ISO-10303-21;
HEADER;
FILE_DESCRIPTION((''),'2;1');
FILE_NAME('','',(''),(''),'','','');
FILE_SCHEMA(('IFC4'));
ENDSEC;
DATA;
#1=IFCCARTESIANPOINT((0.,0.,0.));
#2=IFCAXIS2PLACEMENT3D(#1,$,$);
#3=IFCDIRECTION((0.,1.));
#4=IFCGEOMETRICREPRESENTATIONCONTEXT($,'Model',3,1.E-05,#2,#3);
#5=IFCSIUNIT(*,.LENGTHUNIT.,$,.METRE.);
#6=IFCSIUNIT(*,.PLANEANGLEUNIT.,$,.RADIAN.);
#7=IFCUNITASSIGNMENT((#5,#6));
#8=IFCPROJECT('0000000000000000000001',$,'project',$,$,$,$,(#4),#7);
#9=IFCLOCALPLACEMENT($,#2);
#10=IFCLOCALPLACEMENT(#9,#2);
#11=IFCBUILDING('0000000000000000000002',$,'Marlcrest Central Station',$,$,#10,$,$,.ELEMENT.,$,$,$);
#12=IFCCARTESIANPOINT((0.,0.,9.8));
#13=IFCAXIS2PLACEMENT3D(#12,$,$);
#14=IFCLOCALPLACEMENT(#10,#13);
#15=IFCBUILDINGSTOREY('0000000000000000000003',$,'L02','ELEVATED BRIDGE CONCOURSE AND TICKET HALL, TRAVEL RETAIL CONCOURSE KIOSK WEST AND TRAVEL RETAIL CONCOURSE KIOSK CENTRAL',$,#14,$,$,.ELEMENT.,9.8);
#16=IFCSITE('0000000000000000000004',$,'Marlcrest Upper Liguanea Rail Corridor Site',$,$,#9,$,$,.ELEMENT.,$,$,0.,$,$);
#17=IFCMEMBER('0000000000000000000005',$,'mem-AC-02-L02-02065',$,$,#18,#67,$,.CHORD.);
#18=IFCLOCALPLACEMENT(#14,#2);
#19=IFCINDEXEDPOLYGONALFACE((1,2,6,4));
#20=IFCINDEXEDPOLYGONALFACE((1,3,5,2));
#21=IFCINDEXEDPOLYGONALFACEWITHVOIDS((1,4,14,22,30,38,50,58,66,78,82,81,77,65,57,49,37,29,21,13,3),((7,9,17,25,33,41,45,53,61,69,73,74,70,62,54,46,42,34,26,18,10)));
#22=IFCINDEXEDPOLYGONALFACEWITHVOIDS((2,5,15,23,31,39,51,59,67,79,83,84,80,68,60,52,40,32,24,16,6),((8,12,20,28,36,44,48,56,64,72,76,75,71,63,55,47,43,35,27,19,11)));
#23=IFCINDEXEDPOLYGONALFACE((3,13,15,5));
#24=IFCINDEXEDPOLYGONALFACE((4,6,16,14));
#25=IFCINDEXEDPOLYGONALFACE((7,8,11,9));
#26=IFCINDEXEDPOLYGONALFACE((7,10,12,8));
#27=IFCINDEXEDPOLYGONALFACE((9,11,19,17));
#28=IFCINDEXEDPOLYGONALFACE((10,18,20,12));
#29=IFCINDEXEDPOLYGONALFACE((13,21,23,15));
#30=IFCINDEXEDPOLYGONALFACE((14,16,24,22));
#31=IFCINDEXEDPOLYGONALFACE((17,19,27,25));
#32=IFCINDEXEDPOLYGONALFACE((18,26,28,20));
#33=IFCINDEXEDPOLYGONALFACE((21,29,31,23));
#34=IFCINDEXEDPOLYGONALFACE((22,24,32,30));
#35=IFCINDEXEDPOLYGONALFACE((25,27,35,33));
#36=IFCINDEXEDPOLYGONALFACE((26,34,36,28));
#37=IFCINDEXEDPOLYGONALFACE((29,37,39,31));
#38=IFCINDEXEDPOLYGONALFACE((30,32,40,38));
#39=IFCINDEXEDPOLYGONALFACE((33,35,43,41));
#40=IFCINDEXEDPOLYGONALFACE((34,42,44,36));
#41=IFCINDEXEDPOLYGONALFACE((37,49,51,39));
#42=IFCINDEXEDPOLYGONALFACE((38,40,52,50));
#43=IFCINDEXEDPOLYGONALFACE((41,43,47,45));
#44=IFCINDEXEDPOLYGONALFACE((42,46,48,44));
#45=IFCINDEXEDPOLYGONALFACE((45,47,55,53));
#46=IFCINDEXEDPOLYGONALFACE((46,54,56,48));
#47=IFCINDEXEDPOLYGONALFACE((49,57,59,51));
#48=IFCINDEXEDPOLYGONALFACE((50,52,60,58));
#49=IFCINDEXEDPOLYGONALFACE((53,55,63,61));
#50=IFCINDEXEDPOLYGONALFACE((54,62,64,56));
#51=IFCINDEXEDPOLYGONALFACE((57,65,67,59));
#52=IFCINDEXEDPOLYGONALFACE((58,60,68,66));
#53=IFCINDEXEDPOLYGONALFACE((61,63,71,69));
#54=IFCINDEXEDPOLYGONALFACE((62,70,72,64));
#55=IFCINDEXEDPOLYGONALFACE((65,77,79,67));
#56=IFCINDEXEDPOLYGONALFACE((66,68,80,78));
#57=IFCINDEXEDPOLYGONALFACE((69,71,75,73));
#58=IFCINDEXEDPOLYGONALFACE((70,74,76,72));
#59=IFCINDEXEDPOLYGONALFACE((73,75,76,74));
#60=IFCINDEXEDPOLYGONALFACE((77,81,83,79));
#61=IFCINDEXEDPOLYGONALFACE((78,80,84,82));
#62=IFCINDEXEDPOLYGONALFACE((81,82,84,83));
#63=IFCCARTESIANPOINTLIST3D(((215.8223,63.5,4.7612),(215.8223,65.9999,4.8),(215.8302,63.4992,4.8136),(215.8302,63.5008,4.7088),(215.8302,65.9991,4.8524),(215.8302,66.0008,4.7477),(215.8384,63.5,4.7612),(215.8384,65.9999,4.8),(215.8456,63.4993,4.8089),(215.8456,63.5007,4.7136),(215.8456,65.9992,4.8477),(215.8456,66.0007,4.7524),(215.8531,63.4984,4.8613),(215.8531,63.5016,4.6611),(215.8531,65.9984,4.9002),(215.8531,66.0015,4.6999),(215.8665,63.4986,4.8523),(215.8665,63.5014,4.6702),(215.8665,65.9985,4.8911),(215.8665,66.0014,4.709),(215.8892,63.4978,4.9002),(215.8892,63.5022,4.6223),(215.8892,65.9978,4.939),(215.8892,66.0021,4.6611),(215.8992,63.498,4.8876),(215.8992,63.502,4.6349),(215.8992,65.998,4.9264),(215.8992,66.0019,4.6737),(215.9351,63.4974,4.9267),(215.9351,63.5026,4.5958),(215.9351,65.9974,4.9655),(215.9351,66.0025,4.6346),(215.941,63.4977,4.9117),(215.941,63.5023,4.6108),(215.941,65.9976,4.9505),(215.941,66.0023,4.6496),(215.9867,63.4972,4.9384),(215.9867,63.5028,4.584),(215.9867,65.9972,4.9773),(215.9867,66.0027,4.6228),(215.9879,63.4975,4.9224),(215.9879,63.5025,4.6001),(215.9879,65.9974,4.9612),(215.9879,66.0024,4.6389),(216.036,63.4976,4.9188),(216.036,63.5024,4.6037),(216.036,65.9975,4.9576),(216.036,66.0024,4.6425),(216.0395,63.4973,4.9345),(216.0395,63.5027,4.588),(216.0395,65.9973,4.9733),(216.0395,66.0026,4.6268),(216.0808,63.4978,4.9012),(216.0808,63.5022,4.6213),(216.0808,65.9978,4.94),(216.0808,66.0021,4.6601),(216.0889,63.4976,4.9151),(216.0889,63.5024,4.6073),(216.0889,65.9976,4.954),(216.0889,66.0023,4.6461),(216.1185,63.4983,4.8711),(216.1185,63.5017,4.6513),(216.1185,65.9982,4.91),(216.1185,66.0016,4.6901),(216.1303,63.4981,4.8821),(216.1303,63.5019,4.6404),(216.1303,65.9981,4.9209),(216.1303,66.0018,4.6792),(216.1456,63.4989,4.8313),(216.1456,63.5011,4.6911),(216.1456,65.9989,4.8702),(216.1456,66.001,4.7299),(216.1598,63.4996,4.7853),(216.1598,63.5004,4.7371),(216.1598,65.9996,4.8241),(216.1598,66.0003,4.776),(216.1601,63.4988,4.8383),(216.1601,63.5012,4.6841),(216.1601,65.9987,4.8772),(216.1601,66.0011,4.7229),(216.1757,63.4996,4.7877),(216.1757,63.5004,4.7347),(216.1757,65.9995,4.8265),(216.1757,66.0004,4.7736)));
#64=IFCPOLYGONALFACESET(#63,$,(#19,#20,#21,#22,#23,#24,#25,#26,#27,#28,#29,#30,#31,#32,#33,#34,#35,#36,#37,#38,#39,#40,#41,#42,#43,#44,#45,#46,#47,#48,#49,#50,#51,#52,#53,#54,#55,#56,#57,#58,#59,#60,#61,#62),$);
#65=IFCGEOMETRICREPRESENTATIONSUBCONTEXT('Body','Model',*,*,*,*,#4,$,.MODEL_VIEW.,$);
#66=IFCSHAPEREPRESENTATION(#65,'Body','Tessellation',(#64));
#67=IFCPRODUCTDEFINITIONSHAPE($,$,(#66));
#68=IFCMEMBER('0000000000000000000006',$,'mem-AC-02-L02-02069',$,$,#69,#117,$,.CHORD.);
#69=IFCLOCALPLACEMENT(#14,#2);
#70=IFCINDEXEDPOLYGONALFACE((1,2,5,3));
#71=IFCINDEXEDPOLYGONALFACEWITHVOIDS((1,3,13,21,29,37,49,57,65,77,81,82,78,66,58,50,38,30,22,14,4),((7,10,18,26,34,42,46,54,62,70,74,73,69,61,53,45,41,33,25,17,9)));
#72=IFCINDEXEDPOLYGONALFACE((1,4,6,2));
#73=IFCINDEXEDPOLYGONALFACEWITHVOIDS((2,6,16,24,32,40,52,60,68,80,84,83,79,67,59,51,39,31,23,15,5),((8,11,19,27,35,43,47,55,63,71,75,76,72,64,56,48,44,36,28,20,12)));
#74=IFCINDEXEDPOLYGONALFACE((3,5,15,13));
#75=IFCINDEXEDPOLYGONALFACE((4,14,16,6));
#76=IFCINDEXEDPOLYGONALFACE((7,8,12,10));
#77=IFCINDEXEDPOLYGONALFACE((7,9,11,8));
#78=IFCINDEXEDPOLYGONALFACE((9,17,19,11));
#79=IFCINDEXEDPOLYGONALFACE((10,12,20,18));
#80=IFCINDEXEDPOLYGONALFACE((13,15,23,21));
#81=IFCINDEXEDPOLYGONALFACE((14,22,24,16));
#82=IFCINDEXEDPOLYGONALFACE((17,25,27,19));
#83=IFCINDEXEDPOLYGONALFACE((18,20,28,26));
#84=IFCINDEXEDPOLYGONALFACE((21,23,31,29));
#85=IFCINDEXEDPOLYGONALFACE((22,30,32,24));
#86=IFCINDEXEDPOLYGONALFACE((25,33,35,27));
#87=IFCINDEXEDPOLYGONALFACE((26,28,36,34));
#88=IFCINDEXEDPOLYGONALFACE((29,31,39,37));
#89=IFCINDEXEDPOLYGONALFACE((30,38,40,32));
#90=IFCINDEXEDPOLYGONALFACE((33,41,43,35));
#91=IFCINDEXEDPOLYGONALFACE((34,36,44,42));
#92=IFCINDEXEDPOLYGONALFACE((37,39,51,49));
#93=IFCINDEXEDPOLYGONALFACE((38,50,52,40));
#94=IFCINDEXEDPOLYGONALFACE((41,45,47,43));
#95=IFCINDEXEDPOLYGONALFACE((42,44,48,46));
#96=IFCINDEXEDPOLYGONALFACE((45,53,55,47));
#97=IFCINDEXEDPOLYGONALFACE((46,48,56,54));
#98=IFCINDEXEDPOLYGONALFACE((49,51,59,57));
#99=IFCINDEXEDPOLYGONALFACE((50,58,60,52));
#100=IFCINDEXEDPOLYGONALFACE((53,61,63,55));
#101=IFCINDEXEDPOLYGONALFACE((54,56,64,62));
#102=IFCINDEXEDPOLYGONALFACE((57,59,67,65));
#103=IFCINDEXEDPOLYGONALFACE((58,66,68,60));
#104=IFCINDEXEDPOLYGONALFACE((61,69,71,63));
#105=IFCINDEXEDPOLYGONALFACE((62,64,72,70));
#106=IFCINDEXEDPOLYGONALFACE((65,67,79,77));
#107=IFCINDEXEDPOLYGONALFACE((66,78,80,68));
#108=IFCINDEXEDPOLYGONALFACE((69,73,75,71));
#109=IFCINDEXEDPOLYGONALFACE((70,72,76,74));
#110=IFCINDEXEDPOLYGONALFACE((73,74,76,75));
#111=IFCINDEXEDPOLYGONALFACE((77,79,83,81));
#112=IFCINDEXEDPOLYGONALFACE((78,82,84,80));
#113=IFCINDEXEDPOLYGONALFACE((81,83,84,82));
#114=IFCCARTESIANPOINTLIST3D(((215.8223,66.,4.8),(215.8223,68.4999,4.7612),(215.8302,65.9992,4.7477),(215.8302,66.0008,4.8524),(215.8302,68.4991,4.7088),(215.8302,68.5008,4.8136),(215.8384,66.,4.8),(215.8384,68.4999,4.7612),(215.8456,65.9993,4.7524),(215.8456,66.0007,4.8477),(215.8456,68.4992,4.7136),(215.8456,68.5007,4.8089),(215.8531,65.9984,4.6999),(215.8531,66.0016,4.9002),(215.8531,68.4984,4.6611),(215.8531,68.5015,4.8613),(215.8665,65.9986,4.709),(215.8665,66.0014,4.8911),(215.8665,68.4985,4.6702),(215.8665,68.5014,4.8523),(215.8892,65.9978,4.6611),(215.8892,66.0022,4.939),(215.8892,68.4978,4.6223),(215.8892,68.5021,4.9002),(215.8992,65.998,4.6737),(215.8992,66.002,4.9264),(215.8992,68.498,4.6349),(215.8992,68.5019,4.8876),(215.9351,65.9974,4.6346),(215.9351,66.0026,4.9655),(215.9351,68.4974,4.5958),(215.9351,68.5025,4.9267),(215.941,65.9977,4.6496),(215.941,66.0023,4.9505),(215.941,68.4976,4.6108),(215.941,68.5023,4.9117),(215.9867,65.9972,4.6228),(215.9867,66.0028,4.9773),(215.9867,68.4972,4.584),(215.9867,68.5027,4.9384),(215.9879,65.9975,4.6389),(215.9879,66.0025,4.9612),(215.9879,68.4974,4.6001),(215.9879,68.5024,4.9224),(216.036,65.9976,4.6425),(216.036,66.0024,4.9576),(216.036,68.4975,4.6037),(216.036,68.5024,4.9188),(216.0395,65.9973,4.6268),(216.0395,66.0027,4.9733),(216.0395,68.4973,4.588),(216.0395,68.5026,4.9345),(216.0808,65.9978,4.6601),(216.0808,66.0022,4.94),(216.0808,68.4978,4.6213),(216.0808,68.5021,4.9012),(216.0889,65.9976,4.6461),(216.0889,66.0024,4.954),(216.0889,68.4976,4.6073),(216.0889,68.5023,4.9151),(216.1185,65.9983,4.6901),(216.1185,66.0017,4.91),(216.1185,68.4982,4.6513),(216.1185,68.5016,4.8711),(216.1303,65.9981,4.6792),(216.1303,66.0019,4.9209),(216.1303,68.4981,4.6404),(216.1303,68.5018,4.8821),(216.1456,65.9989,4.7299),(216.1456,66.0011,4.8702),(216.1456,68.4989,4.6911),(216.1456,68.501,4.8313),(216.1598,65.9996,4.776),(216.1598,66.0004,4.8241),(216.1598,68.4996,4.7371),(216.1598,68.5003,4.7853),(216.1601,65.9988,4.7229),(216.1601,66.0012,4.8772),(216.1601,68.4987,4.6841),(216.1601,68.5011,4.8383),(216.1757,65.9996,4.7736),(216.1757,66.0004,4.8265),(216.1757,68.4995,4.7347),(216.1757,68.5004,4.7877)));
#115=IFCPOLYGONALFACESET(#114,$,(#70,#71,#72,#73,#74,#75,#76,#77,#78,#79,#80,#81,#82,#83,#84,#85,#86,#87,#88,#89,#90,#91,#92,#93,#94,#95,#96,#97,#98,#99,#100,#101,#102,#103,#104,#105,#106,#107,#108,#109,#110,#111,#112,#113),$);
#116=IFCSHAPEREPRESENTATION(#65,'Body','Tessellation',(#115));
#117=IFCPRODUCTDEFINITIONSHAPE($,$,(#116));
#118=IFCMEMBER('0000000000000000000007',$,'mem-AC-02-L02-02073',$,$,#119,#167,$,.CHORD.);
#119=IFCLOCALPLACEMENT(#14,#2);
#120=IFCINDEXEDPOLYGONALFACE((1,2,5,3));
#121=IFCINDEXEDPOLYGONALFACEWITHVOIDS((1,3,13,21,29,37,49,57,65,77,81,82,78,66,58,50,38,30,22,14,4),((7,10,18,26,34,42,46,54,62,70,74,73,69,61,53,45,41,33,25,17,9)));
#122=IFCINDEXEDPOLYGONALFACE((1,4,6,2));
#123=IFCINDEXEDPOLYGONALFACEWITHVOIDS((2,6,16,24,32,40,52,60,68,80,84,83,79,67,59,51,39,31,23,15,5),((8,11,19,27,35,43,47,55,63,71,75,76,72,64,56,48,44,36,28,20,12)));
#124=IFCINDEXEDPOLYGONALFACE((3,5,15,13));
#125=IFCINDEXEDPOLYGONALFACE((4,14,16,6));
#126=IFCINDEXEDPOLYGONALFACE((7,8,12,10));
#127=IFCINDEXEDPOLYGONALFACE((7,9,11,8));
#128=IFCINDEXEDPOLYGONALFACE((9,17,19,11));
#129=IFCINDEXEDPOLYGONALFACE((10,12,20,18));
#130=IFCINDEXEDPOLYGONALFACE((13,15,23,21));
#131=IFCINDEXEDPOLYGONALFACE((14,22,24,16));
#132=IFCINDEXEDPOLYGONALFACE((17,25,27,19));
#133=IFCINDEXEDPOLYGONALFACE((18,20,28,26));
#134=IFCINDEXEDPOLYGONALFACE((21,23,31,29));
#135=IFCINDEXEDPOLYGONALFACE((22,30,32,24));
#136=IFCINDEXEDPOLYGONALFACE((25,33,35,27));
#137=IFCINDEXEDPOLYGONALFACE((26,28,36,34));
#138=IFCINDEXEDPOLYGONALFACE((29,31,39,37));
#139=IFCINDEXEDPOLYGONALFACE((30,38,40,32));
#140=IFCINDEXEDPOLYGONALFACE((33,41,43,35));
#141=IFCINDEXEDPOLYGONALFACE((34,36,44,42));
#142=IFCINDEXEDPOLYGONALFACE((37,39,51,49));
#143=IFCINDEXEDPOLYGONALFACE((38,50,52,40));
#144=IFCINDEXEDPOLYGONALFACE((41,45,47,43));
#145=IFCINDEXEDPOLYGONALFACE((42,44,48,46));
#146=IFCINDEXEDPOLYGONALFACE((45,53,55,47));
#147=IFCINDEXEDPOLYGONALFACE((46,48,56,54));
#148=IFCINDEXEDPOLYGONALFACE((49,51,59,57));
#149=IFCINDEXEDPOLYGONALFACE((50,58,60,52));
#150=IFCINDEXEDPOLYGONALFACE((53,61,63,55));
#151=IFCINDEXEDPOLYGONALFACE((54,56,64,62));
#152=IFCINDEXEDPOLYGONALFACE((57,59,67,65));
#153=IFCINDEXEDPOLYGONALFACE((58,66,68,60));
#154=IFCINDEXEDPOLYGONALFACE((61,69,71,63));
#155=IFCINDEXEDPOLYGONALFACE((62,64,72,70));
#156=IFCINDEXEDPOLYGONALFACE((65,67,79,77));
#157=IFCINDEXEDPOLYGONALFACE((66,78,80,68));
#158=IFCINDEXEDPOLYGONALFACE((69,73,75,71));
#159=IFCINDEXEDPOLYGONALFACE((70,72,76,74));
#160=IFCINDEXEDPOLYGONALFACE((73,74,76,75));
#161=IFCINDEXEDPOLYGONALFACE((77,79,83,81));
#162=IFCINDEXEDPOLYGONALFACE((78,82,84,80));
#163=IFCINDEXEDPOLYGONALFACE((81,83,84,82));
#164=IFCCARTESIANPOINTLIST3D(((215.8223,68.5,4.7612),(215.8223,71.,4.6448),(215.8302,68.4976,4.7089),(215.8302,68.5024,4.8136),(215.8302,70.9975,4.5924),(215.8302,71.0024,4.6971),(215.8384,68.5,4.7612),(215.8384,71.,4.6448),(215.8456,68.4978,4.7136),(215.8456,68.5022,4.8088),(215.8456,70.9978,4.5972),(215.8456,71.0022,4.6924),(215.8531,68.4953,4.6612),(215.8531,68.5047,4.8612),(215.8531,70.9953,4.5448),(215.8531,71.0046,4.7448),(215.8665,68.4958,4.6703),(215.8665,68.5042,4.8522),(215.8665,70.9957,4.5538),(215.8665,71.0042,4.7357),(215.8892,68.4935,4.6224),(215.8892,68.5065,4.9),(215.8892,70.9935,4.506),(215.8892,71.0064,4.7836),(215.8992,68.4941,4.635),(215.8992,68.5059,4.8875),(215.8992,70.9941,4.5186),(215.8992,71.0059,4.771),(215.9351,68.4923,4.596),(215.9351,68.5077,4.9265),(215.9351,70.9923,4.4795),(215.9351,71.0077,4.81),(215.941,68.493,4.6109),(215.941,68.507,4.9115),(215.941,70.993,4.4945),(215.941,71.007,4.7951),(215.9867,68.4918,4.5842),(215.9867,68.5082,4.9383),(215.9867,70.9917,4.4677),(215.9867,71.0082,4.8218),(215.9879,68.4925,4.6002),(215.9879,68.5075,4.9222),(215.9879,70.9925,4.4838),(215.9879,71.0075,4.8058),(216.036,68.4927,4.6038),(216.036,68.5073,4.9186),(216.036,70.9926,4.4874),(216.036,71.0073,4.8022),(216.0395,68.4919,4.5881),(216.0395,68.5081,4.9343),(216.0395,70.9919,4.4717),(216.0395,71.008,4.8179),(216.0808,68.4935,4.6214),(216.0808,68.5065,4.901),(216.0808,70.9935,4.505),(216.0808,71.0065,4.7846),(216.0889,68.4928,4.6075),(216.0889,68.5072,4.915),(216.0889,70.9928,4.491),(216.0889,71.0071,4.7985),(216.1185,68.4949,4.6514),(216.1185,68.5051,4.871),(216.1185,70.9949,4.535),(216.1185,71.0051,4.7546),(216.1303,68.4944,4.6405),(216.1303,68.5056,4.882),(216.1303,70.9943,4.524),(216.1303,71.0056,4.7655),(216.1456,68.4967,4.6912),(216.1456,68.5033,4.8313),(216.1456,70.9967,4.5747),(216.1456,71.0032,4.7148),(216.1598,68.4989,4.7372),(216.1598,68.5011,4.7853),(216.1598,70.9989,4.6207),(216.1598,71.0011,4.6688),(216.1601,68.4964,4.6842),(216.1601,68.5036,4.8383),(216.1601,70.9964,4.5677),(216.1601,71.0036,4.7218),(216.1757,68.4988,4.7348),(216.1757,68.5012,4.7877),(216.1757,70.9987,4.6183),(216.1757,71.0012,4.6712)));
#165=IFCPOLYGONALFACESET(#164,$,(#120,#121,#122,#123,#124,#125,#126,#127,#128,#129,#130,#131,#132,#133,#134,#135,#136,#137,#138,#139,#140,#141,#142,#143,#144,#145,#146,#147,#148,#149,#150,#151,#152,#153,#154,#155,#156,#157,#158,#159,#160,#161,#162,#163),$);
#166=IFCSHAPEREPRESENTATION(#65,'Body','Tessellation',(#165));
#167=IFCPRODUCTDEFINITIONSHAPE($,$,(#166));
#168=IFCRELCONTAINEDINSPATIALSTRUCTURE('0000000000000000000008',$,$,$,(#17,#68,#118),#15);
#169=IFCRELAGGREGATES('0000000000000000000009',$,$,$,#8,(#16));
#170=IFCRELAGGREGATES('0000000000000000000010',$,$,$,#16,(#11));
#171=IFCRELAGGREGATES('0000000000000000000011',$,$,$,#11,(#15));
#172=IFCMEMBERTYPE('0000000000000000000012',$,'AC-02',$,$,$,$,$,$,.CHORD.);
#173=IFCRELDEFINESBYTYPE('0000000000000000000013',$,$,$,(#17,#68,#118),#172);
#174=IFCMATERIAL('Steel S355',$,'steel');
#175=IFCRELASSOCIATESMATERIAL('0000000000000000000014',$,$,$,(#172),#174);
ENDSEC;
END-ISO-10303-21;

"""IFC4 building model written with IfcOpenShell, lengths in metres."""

from ifc_helpers import new_model, si_unit, direction, frame, origin, origin_2d, place, context, subcontext, project, spatial, hollow_circle, extrude, material, material_profile, profile_set, type_object, element, save


model = new_model("IFC4")

# Units and contexts
model_context = context("Model", 3, precision=1e-05, world=origin(), true_north=direction((0.0, 1.0)))
body_context = subcontext(model_context, "Body", "Model", "MODEL_VIEW")
ifc_project = project(units=[si_unit("LENGTHUNIT", "METRE"), si_unit("PLANEANGLEUNIT", "RADIAN")], contexts=[model_context])

# Site, building, storey
site_placement = place(None, origin())
site = spatial("IfcSite", under=ifc_project, at=site_placement, Name="Marlcrest Upper Liguanea Rail Corridor Site", CompositionType="ELEMENT", RefElevation=0.0)
building_placement = place(site_placement, origin())
building = spatial("IfcBuilding", under=site, at=building_placement, Name="Marlcrest Central Station", CompositionType="ELEMENT")
storey_placement = place(building_placement, frame((0.0, 0.0, 9.8)))
storey = spatial("IfcBuildingStorey", under=building, at=storey_placement, Name="L02", Description="ELEVATED BRIDGE CONCOURSE AND TICKET HALL, TRAVEL RETAIL CONCOURSE KIOSK WEST AND TRAVEL RETAIL CONCOURSE KIOSK CENTRAL", CompositionType="ELEMENT", Elevation=9.8)

# Members
ifc_material = material(Name="Steel S355", Category="steel")
ifc_material_profile_1 = material_profile(ifc_material, hollow_circle(Radius=0.1777, WallThickness=0.0161, at=origin_2d()), Name="CHS 355.6x16")
ifc_profile_set_1 = profile_set([ifc_material_profile_1], Name="Steel S355")
member_type_1 = type_object("IfcMemberType", Name="AC-02", PredefinedType="CHORD", material=ifc_profile_set_1)
for number, where, z_axis, x_axis, name in (
    (1, (216.0, 63.5, 4.7612), (0.0, 0.999879, 0.015525), (-1.0, 0.0, 0.0), "mem-AC-02-L02-02065"),
    (2, (216.0, 66.0, 4.8), (0.0, 0.999879, -0.015525), (-1.0, 0.0, 0.0), "mem-AC-02-L02-02069"),
):
    element("IfcMember", number, at=place(storey_placement, frame(where, z_axis=z_axis, x_axis=x_axis)), inside=storey, type_object=member_type_1, Name=name, PredefinedType="CHORD", context=body_context, shape_type="SweptSolid", body=[
        extrude(hollow_circle(Radius=0.1777, WallThickness=0.0161, at=origin_2d()), origin(), (0.0, 0.0, 1.0), 2.5002),
    ])
member_1_placement = place(storey_placement, frame((216.0, 68.5, 4.7612), z_axis=(0.0, 0.998917, -0.046532), x_axis=(-1.0, 0.0, 0.0)))
element("IfcMember", 3, at=member_1_placement, inside=storey, type_object=member_type_1, Name="mem-AC-02-L02-02073", PredefinedType="CHORD", context=body_context, shape_type="SweptSolid", body=[
    extrude(hollow_circle(Radius=0.1777, WallThickness=0.0161, at=origin_2d()), origin(), (0.0, 0.0, 1.0), 2.5027),
])

save(model, "model.ifc")
